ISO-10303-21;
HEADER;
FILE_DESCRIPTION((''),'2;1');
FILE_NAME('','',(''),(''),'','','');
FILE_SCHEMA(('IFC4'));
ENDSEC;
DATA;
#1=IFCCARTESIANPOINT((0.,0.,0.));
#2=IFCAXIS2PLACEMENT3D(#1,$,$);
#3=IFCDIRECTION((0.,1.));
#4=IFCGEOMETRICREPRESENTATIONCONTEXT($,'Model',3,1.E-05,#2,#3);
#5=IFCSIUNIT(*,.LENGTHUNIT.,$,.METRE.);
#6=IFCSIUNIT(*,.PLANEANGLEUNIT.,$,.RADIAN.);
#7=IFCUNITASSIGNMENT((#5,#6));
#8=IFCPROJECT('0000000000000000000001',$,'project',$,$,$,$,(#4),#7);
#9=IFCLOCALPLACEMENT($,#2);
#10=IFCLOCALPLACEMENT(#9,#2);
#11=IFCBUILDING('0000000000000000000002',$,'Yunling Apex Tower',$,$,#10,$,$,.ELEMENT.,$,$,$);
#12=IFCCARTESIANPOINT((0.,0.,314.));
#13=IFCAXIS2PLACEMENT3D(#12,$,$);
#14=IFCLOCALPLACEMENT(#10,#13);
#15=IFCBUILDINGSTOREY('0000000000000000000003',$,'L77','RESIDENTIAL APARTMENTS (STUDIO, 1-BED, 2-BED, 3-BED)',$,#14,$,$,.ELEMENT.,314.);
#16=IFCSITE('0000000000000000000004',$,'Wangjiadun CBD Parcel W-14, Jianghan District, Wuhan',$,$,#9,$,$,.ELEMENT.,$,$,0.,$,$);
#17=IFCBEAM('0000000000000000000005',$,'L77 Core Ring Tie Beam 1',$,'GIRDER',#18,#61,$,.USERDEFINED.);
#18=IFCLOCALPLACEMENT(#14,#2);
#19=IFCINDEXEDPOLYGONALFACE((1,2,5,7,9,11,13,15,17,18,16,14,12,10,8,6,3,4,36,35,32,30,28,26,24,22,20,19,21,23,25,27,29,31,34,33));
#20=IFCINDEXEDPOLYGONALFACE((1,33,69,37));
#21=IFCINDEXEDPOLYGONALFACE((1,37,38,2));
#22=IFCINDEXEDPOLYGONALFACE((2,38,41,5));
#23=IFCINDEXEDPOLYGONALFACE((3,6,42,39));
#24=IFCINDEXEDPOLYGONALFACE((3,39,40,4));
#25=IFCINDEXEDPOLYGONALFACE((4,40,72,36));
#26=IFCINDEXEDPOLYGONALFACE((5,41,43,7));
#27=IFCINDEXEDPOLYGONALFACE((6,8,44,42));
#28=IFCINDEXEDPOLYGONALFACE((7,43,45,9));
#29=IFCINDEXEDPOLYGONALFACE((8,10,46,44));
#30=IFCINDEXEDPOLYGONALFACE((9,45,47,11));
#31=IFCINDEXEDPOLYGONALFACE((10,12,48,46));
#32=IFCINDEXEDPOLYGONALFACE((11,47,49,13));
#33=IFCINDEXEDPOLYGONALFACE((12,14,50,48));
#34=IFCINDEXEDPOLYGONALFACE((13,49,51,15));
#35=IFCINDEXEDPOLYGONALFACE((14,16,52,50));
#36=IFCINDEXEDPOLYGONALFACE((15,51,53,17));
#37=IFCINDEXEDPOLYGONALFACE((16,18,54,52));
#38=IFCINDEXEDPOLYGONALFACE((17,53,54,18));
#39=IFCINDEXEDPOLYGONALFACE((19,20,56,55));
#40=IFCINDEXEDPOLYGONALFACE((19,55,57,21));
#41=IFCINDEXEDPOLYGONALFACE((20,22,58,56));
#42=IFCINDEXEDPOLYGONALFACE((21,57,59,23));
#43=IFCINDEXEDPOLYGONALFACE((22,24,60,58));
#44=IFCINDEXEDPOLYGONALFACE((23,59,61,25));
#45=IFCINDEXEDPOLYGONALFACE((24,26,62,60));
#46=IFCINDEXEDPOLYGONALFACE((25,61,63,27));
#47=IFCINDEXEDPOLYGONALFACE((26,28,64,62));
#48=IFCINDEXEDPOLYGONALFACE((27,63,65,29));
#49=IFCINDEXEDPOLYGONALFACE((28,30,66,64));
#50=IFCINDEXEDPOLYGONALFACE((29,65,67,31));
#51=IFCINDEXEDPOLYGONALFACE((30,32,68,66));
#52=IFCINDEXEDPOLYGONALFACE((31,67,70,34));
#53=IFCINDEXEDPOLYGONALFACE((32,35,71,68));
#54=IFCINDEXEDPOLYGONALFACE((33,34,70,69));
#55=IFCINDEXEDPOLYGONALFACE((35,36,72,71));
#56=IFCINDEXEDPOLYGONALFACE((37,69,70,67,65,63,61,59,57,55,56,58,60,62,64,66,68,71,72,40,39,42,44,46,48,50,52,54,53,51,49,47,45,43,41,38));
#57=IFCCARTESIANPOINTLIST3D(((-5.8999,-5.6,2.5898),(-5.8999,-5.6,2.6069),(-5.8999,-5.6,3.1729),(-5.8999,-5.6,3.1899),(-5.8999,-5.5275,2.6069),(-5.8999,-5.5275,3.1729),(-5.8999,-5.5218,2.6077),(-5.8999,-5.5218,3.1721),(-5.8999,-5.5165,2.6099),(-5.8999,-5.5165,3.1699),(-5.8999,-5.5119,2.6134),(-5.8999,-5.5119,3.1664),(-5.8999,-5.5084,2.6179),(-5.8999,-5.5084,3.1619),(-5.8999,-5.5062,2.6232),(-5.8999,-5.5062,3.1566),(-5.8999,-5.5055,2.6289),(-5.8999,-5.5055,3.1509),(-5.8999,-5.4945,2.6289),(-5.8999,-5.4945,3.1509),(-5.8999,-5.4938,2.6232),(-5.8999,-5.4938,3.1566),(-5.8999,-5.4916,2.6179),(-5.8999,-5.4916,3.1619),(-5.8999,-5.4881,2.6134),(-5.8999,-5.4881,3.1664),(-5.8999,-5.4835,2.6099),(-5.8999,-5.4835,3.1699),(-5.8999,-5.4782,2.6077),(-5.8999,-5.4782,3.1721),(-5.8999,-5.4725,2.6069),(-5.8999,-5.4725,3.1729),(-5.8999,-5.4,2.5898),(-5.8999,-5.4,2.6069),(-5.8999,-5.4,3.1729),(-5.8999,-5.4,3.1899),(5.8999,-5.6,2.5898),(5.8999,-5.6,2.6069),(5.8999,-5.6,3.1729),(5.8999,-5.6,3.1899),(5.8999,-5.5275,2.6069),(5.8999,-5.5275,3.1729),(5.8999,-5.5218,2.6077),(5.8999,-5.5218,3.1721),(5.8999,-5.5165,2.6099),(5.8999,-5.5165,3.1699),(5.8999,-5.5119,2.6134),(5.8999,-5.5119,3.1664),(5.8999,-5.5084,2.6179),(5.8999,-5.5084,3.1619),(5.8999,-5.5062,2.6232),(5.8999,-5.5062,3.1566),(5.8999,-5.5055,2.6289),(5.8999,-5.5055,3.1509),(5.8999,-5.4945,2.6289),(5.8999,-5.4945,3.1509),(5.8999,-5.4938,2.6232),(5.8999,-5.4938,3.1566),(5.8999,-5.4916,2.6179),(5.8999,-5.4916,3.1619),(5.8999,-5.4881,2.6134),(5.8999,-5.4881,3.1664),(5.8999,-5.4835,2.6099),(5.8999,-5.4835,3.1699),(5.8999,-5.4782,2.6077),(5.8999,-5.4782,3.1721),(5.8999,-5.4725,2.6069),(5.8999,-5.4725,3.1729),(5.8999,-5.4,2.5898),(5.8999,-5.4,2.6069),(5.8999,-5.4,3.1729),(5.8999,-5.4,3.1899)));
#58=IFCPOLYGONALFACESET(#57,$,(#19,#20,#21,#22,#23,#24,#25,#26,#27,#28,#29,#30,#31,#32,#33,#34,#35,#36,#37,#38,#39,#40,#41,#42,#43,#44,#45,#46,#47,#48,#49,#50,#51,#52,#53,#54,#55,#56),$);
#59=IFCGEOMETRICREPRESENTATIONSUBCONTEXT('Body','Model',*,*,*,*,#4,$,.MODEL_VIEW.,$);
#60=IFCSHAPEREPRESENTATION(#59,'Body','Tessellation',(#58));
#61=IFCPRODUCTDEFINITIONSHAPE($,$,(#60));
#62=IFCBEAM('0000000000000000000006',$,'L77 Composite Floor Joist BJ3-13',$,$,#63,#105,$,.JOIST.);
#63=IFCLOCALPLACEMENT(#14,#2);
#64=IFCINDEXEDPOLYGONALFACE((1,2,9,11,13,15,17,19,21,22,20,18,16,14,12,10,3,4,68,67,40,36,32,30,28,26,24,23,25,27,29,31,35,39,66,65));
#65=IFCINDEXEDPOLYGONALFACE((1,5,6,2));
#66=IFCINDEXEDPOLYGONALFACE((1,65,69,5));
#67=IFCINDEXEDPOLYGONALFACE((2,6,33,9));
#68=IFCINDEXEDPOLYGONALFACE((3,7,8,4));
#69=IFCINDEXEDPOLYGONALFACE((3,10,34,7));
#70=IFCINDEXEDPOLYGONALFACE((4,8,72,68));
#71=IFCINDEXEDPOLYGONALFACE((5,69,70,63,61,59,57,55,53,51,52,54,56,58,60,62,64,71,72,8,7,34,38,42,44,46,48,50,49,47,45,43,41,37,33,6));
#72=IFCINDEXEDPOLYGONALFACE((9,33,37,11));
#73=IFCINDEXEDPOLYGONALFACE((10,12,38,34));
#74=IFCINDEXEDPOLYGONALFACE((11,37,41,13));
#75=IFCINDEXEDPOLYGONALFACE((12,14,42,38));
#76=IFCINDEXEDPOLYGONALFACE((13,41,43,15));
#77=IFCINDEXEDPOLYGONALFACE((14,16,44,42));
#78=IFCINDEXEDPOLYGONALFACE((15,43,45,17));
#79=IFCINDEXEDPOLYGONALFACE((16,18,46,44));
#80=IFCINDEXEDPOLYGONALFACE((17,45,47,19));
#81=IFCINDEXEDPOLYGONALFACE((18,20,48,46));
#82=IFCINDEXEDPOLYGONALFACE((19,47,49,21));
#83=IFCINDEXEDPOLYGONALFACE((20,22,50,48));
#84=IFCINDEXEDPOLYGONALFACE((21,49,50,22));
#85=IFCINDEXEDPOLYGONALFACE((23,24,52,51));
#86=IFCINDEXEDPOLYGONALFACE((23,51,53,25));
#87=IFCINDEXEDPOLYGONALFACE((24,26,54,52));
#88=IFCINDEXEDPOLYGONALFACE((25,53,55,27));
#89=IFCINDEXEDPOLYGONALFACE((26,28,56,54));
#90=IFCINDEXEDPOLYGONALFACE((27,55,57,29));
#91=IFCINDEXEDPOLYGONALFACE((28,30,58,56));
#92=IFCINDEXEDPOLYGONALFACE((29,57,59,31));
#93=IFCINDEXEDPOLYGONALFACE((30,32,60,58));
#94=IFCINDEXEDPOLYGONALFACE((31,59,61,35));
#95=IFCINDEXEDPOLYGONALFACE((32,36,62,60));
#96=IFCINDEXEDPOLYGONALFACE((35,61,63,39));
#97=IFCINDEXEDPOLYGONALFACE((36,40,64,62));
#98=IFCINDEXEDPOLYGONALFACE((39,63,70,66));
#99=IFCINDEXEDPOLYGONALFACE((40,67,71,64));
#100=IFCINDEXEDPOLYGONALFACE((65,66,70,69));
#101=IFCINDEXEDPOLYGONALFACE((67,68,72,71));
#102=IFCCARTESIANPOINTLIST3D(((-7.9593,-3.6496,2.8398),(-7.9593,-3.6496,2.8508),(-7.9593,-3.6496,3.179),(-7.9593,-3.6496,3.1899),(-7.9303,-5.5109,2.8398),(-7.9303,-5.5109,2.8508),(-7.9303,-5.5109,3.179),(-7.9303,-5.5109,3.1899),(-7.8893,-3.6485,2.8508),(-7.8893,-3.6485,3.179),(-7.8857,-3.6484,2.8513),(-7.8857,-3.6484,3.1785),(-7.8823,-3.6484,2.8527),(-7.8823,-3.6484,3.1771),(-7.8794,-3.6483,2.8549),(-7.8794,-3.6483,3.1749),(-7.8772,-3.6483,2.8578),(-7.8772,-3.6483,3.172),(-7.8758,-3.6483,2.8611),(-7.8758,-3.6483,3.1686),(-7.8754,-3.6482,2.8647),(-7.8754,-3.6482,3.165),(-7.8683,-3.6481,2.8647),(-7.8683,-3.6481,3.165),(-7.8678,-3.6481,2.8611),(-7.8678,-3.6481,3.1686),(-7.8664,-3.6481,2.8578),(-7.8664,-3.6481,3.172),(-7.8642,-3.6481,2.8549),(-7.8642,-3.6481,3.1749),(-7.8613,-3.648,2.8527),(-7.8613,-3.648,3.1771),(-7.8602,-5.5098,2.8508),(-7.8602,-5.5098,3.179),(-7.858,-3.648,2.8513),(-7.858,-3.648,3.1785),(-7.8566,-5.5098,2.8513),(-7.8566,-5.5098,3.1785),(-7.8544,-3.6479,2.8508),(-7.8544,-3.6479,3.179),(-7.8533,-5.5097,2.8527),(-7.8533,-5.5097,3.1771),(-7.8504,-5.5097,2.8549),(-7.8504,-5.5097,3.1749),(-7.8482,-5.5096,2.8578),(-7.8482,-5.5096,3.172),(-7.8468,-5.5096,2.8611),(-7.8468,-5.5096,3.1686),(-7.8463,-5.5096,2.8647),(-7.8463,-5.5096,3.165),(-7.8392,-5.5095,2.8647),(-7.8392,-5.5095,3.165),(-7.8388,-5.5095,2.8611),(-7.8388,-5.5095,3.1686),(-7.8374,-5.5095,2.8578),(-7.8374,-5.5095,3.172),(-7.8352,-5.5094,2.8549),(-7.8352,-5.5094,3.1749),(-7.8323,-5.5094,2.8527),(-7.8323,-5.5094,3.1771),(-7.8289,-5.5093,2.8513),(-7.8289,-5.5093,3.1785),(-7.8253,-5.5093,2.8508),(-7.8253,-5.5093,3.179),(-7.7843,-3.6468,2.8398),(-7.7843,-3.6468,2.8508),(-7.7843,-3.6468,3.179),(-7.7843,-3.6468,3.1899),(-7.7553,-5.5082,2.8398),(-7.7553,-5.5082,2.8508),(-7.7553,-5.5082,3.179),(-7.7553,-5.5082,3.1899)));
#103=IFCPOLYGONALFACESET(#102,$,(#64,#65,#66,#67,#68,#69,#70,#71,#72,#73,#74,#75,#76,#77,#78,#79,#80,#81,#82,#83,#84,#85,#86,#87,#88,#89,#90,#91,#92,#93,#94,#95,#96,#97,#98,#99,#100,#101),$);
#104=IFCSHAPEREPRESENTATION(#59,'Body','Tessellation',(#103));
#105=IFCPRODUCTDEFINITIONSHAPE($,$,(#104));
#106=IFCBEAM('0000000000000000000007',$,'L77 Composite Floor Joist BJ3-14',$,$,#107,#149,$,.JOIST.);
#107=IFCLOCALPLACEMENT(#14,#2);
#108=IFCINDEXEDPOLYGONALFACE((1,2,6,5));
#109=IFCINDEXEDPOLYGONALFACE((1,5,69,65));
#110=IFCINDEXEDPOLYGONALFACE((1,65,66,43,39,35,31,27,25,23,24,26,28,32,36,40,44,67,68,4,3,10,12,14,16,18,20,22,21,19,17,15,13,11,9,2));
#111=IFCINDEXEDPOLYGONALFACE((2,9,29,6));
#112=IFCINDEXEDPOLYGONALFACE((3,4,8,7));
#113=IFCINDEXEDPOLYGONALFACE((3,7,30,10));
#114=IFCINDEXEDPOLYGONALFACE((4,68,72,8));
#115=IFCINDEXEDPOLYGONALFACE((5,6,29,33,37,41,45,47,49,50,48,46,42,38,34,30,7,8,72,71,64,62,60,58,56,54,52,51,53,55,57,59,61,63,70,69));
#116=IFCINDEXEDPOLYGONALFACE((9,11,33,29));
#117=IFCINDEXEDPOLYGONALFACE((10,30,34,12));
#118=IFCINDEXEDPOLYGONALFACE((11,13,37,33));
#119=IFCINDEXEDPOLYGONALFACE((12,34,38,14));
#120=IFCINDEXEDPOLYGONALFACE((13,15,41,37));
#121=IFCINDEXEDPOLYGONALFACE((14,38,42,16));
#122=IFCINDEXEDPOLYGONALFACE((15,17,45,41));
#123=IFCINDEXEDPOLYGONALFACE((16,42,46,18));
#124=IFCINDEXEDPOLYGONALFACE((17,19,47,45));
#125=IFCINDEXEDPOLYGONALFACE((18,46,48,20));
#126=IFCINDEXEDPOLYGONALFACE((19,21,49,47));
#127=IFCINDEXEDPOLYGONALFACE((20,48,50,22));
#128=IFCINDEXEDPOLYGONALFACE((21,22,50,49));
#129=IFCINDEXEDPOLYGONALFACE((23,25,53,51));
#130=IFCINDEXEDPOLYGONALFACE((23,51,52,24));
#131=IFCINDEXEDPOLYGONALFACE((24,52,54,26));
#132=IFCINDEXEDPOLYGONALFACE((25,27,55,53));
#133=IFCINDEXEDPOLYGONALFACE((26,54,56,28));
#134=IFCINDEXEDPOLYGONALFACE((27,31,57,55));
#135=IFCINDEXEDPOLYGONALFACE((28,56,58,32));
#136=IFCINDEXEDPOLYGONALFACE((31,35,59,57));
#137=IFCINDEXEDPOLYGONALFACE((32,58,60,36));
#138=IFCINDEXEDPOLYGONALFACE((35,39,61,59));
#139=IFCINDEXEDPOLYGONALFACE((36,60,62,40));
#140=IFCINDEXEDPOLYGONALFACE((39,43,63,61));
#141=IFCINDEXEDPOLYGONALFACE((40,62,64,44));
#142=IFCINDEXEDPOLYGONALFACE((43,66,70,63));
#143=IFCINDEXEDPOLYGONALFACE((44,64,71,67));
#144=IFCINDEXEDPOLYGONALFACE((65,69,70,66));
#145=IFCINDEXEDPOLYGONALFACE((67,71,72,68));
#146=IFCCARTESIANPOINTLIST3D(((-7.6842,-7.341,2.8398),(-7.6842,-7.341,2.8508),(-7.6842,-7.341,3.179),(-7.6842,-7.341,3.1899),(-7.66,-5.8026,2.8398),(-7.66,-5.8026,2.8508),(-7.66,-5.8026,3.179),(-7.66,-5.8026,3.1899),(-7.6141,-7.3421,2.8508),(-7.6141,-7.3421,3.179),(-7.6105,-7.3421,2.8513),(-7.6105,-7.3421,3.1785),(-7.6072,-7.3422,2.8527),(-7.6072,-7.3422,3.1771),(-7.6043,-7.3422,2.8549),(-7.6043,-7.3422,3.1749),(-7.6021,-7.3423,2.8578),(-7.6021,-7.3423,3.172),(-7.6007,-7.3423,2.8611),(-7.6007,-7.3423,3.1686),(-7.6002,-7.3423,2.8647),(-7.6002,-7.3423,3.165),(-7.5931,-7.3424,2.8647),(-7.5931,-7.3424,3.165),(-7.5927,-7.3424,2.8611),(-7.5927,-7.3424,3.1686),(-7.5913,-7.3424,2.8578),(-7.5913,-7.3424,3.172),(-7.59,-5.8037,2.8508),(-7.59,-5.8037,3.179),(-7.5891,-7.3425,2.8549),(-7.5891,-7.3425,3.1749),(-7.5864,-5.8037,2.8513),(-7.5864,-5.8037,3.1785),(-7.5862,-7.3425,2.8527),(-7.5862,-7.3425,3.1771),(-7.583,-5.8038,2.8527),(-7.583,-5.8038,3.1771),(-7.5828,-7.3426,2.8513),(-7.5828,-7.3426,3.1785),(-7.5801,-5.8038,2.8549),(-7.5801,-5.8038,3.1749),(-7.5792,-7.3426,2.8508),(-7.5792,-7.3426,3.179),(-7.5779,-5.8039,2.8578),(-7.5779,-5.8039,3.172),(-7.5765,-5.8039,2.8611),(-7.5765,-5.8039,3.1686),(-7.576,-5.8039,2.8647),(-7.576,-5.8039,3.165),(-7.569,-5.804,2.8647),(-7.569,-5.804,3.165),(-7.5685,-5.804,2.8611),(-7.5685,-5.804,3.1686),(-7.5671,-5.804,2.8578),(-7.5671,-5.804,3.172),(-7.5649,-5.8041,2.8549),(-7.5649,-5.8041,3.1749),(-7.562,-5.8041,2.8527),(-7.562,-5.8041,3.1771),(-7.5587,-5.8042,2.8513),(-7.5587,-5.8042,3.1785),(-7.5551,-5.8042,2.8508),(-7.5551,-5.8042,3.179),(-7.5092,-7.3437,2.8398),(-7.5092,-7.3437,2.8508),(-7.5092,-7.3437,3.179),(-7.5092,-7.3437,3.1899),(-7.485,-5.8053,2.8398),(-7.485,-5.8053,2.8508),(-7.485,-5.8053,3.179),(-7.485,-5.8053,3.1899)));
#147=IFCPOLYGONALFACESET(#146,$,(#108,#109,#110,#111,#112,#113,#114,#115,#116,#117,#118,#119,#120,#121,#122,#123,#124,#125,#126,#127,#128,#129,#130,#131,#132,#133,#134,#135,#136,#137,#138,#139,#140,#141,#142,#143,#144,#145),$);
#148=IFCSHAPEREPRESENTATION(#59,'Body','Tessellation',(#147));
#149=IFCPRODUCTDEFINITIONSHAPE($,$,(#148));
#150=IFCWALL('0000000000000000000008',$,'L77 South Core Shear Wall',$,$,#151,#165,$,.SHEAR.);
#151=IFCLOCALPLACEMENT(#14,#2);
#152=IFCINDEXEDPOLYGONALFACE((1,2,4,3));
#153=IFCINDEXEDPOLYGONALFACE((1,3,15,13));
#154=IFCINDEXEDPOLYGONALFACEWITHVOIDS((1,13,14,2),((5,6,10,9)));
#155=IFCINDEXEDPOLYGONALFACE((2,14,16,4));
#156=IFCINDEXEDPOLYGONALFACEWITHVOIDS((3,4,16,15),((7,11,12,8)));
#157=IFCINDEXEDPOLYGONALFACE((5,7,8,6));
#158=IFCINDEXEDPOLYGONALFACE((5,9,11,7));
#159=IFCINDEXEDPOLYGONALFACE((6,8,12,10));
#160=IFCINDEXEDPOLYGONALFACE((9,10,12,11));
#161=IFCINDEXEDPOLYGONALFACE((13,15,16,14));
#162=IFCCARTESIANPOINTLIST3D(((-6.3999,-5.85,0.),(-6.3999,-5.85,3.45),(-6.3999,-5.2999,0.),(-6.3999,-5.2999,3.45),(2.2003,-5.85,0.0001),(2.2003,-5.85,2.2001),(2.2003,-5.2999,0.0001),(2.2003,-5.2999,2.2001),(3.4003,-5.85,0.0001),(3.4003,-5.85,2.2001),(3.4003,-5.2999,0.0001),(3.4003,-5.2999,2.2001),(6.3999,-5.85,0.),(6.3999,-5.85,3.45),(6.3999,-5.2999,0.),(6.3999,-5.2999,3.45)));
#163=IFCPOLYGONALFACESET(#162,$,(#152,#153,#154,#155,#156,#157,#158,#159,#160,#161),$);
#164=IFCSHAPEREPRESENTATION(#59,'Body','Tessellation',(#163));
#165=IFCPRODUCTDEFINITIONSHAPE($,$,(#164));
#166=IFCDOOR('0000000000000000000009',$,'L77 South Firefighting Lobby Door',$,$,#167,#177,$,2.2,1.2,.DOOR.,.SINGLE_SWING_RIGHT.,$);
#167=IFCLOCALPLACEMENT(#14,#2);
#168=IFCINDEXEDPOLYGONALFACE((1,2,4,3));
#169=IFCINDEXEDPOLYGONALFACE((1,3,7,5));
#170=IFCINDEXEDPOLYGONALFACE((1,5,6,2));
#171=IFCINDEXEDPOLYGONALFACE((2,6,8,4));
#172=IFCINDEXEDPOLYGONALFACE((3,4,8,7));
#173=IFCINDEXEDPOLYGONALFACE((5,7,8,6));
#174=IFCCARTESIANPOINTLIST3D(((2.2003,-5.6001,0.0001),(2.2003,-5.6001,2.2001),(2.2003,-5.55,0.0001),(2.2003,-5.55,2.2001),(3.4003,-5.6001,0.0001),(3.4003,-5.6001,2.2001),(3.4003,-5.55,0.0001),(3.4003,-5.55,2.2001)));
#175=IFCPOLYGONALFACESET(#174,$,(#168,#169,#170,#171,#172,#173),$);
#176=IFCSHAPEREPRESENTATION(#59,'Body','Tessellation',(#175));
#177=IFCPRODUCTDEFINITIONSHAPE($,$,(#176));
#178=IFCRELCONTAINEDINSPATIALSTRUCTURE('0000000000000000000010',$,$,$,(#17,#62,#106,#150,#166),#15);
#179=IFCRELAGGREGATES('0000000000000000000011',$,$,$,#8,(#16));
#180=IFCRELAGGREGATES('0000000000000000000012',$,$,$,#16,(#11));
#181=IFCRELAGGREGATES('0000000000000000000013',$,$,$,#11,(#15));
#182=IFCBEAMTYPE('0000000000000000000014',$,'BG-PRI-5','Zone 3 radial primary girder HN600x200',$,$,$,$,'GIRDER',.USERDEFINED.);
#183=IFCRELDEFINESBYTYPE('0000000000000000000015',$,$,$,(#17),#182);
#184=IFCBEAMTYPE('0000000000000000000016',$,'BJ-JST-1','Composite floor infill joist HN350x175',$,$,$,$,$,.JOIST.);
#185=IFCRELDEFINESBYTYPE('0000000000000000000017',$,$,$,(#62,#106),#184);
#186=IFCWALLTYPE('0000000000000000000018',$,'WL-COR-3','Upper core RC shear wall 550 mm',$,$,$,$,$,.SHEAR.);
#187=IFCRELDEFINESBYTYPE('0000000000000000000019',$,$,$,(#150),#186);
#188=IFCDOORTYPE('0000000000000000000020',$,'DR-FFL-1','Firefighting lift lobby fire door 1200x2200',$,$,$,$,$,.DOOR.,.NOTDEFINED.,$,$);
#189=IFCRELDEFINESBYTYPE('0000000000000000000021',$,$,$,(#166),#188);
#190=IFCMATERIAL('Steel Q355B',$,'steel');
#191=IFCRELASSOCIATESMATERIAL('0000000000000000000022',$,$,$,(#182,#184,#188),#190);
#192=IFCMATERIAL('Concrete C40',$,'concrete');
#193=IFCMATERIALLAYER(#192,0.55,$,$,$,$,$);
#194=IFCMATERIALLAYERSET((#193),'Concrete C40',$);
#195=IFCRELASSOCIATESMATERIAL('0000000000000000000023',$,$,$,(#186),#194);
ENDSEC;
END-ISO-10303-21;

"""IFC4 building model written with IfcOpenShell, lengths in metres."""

from ifc_helpers import new_model, si_unit, direction, frame, frame_2d, origin, origin_2d, place, context, subcontext, project, spatial, rectangle, i_section, extrude, source, transform, mapped, material, layer, layer_set, material_profile, profile_set, type_object, element, fill, save


model = new_model("IFC4")

# Units and contexts
model_context = context("Model", 3, precision=1e-05, world=origin(), true_north=direction((0.0, 1.0)))
body_context = subcontext(model_context, "Body", "Model", "MODEL_VIEW")
ifc_project = project(units=[si_unit("LENGTHUNIT", "METRE"), si_unit("PLANEANGLEUNIT", "RADIAN")], contexts=[model_context])

# Site, building, storey
site_placement = place(None, origin())
site = spatial("IfcSite", under=ifc_project, at=site_placement, Name="Wangjiadun CBD Parcel W-14, Jianghan District, Wuhan", CompositionType="ELEMENT", RefElevation=0.0)
building_placement = place(site_placement, origin())
building = spatial("IfcBuilding", under=site, at=building_placement, Name="Yunling Apex Tower", CompositionType="ELEMENT")
storey_placement = place(building_placement, frame((0.0, 0.0, 314.0)))
storey = spatial("IfcBuildingStorey", under=building, at=storey_placement, Name="L77", Description="RESIDENTIAL APARTMENTS (STUDIO, 1-BED, 2-BED, 3-BED)", CompositionType="ELEMENT", Elevation=314.0)

# Beams
ifc_material_1 = material(Name="Steel Q355B", Category="steel")
ifc_material_2 = material(Name="Concrete C40", Category="concrete")
ifc_material_profile_1 = material_profile(ifc_material_1, i_section(OverallWidth=0.2, OverallDepth=0.6001, WebThickness=0.011, FlangeThickness=0.0171, FilletRadius=0.022, at=origin_2d()))
ifc_profile_set_1 = profile_set([ifc_material_profile_1], Name="Steel Q355B")
beam_type_1 = type_object("IfcBeamType", Name="BG-PRI-5", Description="Zone 3 radial primary girder HN600x200", ElementType="GIRDER", PredefinedType="USERDEFINED", material=ifc_profile_set_1)
shared_shape_1 = source(origin(), body_context, "Body", "SweptSolid", [
    extrude(i_section(OverallWidth=0.2, OverallDepth=0.6001, WebThickness=0.011, FlangeThickness=0.0171, FilletRadius=0.022, at=origin_2d()), origin(), (0.0, 0.0, 1.0), 11.7998),
])
beam_1_placement = place(storey_placement, frame((-5.8999, -5.5, 2.8899), z_axis=(1.0, 0.0, 0.0), x_axis=(0.0, 1.0, 0.0)))
element("IfcBeam", 1, at=beam_1_placement, inside=storey, type_object=beam_type_1, Name="L77 Core Ring Tie Beam 1", ObjectType="GIRDER", PredefinedType="USERDEFINED", context=body_context, shape_type="MappedRepresentation", body=[
    mapped(shared_shape_1, transform((0.0, 0.0, 0.0), scale=1.0)),
])
ifc_material_profile_2 = material_profile(ifc_material_1, i_section(OverallWidth=0.175, OverallDepth=0.3501, WebThickness=0.0071, FlangeThickness=0.011, FilletRadius=0.0139, at=origin_2d()))
ifc_profile_set_2 = profile_set([ifc_material_profile_2], Name="Steel Q355B")
beam_type_2 = type_object("IfcBeamType", Name="BJ-JST-1", Description="Composite floor infill joist HN350x175", PredefinedType="JOIST", material=ifc_profile_set_2)
shared_shape_2 = source(origin(), body_context, "Body", "SweptSolid", [
    extrude(i_section(OverallWidth=0.175, OverallDepth=0.3501, WebThickness=0.0071, FlangeThickness=0.011, FilletRadius=0.0139, at=origin_2d()), origin(), (0.0, 0.0, 1.0), 1.8616),
])
beam_2_placement = place(storey_placement, frame((-7.8718, -3.6482, 3.0149), z_axis=(0.015607, -0.999878, 0.0), x_axis=(0.999878, 0.015607, 0.0)))
element("IfcBeam", 2, at=beam_2_placement, inside=storey, type_object=beam_type_2, Name="L77 Composite Floor Joist BJ3-13", PredefinedType="JOIST", context=body_context, shape_type="MappedRepresentation", body=[
    mapped(shared_shape_2, transform((0.0, 0.0, 0.0), scale=1.0)),
])
shared_shape_3 = source(origin(), body_context, "Body", "SweptSolid", [
    extrude(i_section(OverallWidth=0.175, OverallDepth=0.3501, WebThickness=0.0071, FlangeThickness=0.011, FilletRadius=0.0139, at=origin_2d()), origin(), (0.0, 0.0, 1.0), 1.5386),
])
beam_3_placement = place(storey_placement, frame((-7.5725, -5.804, 3.0149), z_axis=(-0.01571, -0.999877, 0.0), x_axis=(0.999877, -0.01571, 0.0)))
element("IfcBeam", 3, at=beam_3_placement, inside=storey, type_object=beam_type_2, Name="L77 Composite Floor Joist BJ3-14", PredefinedType="JOIST", context=body_context, shape_type="MappedRepresentation", body=[
    mapped(shared_shape_3, transform((0.0, 0.0, 0.0), scale=1.0)),
])

# Wall, opening, door
ifc_layer_1 = layer(ifc_material_2, 0.55)
ifc_layer_set_1 = layer_set([ifc_layer_1], Name="Concrete C40")
wall_type_1 = type_object("IfcWallType", Name="WL-COR-3", Description="Upper core RC shear wall 550 mm", PredefinedType="SHEAR", material=ifc_layer_set_1)
wall_1_placement = place(storey_placement, frame((-6.3999, -5.575, 0.0), z_axis=(0.0, 0.0, 1.0), x_axis=(1.0, 0.0, 0.0)))
wall_1 = element("IfcWall", 4, at=wall_1_placement, inside=storey, type_object=wall_type_1, Name="L77 South Core Shear Wall", PredefinedType="SHEAR", context=body_context, shape_type="SweptSolid", body=[
    extrude(rectangle(XDim=12.7998, YDim=0.55, at=frame_2d((6.3999, 0.0))), origin(), (0.0, 0.0, 1.0), 3.45),
])
opening_1_placement = place(wall_1_placement, frame((8.6001, 0.0, 0.0)))
opening_1 = element("IfcOpeningElement", 5, at=opening_1_placement, cuts=wall_1, PredefinedType="OPENING", context=body_context, shape_type="SweptSolid", body=[
    extrude(rectangle(XDim=1.2, YDim=2.2, at=frame_2d((0.6001, 1.1001))), frame((0.0, 0.2852, 0.0), z_axis=(0.0, -1.0, 0.0), x_axis=(1.0, 0.0, 0.0)), (0.0, 0.0, 1.0), 0.5701),
])
door_type_1 = type_object("IfcDoorType", Name="DR-FFL-1", Description="Firefighting lift lobby fire door 1200x2200", OperationType="NOTDEFINED", PredefinedType="DOOR", material=ifc_material_1)
door_1_placement = place(opening_1_placement, origin())
door_1 = element("IfcDoor", 6, at=door_1_placement, inside=storey, type_object=door_type_1, Name="L77 South Firefighting Lobby Door", OperationType="SINGLE_SWING_RIGHT", OverallHeight=2.2, OverallWidth=1.2, PredefinedType="DOOR", context=body_context, shape_type="SweptSolid", body=[
    extrude(rectangle(XDim=1.2, YDim=2.2, at=frame_2d((0.6001, 1.1001))), frame((0.0, 0.0249, 0.0), z_axis=(0.0, -1.0, 0.0), x_axis=(1.0, 0.0, 0.0)), (0.0, 0.0, 1.0), 0.05),
])
fill(opening_1, door_1)

save(model, "model.ifc")
